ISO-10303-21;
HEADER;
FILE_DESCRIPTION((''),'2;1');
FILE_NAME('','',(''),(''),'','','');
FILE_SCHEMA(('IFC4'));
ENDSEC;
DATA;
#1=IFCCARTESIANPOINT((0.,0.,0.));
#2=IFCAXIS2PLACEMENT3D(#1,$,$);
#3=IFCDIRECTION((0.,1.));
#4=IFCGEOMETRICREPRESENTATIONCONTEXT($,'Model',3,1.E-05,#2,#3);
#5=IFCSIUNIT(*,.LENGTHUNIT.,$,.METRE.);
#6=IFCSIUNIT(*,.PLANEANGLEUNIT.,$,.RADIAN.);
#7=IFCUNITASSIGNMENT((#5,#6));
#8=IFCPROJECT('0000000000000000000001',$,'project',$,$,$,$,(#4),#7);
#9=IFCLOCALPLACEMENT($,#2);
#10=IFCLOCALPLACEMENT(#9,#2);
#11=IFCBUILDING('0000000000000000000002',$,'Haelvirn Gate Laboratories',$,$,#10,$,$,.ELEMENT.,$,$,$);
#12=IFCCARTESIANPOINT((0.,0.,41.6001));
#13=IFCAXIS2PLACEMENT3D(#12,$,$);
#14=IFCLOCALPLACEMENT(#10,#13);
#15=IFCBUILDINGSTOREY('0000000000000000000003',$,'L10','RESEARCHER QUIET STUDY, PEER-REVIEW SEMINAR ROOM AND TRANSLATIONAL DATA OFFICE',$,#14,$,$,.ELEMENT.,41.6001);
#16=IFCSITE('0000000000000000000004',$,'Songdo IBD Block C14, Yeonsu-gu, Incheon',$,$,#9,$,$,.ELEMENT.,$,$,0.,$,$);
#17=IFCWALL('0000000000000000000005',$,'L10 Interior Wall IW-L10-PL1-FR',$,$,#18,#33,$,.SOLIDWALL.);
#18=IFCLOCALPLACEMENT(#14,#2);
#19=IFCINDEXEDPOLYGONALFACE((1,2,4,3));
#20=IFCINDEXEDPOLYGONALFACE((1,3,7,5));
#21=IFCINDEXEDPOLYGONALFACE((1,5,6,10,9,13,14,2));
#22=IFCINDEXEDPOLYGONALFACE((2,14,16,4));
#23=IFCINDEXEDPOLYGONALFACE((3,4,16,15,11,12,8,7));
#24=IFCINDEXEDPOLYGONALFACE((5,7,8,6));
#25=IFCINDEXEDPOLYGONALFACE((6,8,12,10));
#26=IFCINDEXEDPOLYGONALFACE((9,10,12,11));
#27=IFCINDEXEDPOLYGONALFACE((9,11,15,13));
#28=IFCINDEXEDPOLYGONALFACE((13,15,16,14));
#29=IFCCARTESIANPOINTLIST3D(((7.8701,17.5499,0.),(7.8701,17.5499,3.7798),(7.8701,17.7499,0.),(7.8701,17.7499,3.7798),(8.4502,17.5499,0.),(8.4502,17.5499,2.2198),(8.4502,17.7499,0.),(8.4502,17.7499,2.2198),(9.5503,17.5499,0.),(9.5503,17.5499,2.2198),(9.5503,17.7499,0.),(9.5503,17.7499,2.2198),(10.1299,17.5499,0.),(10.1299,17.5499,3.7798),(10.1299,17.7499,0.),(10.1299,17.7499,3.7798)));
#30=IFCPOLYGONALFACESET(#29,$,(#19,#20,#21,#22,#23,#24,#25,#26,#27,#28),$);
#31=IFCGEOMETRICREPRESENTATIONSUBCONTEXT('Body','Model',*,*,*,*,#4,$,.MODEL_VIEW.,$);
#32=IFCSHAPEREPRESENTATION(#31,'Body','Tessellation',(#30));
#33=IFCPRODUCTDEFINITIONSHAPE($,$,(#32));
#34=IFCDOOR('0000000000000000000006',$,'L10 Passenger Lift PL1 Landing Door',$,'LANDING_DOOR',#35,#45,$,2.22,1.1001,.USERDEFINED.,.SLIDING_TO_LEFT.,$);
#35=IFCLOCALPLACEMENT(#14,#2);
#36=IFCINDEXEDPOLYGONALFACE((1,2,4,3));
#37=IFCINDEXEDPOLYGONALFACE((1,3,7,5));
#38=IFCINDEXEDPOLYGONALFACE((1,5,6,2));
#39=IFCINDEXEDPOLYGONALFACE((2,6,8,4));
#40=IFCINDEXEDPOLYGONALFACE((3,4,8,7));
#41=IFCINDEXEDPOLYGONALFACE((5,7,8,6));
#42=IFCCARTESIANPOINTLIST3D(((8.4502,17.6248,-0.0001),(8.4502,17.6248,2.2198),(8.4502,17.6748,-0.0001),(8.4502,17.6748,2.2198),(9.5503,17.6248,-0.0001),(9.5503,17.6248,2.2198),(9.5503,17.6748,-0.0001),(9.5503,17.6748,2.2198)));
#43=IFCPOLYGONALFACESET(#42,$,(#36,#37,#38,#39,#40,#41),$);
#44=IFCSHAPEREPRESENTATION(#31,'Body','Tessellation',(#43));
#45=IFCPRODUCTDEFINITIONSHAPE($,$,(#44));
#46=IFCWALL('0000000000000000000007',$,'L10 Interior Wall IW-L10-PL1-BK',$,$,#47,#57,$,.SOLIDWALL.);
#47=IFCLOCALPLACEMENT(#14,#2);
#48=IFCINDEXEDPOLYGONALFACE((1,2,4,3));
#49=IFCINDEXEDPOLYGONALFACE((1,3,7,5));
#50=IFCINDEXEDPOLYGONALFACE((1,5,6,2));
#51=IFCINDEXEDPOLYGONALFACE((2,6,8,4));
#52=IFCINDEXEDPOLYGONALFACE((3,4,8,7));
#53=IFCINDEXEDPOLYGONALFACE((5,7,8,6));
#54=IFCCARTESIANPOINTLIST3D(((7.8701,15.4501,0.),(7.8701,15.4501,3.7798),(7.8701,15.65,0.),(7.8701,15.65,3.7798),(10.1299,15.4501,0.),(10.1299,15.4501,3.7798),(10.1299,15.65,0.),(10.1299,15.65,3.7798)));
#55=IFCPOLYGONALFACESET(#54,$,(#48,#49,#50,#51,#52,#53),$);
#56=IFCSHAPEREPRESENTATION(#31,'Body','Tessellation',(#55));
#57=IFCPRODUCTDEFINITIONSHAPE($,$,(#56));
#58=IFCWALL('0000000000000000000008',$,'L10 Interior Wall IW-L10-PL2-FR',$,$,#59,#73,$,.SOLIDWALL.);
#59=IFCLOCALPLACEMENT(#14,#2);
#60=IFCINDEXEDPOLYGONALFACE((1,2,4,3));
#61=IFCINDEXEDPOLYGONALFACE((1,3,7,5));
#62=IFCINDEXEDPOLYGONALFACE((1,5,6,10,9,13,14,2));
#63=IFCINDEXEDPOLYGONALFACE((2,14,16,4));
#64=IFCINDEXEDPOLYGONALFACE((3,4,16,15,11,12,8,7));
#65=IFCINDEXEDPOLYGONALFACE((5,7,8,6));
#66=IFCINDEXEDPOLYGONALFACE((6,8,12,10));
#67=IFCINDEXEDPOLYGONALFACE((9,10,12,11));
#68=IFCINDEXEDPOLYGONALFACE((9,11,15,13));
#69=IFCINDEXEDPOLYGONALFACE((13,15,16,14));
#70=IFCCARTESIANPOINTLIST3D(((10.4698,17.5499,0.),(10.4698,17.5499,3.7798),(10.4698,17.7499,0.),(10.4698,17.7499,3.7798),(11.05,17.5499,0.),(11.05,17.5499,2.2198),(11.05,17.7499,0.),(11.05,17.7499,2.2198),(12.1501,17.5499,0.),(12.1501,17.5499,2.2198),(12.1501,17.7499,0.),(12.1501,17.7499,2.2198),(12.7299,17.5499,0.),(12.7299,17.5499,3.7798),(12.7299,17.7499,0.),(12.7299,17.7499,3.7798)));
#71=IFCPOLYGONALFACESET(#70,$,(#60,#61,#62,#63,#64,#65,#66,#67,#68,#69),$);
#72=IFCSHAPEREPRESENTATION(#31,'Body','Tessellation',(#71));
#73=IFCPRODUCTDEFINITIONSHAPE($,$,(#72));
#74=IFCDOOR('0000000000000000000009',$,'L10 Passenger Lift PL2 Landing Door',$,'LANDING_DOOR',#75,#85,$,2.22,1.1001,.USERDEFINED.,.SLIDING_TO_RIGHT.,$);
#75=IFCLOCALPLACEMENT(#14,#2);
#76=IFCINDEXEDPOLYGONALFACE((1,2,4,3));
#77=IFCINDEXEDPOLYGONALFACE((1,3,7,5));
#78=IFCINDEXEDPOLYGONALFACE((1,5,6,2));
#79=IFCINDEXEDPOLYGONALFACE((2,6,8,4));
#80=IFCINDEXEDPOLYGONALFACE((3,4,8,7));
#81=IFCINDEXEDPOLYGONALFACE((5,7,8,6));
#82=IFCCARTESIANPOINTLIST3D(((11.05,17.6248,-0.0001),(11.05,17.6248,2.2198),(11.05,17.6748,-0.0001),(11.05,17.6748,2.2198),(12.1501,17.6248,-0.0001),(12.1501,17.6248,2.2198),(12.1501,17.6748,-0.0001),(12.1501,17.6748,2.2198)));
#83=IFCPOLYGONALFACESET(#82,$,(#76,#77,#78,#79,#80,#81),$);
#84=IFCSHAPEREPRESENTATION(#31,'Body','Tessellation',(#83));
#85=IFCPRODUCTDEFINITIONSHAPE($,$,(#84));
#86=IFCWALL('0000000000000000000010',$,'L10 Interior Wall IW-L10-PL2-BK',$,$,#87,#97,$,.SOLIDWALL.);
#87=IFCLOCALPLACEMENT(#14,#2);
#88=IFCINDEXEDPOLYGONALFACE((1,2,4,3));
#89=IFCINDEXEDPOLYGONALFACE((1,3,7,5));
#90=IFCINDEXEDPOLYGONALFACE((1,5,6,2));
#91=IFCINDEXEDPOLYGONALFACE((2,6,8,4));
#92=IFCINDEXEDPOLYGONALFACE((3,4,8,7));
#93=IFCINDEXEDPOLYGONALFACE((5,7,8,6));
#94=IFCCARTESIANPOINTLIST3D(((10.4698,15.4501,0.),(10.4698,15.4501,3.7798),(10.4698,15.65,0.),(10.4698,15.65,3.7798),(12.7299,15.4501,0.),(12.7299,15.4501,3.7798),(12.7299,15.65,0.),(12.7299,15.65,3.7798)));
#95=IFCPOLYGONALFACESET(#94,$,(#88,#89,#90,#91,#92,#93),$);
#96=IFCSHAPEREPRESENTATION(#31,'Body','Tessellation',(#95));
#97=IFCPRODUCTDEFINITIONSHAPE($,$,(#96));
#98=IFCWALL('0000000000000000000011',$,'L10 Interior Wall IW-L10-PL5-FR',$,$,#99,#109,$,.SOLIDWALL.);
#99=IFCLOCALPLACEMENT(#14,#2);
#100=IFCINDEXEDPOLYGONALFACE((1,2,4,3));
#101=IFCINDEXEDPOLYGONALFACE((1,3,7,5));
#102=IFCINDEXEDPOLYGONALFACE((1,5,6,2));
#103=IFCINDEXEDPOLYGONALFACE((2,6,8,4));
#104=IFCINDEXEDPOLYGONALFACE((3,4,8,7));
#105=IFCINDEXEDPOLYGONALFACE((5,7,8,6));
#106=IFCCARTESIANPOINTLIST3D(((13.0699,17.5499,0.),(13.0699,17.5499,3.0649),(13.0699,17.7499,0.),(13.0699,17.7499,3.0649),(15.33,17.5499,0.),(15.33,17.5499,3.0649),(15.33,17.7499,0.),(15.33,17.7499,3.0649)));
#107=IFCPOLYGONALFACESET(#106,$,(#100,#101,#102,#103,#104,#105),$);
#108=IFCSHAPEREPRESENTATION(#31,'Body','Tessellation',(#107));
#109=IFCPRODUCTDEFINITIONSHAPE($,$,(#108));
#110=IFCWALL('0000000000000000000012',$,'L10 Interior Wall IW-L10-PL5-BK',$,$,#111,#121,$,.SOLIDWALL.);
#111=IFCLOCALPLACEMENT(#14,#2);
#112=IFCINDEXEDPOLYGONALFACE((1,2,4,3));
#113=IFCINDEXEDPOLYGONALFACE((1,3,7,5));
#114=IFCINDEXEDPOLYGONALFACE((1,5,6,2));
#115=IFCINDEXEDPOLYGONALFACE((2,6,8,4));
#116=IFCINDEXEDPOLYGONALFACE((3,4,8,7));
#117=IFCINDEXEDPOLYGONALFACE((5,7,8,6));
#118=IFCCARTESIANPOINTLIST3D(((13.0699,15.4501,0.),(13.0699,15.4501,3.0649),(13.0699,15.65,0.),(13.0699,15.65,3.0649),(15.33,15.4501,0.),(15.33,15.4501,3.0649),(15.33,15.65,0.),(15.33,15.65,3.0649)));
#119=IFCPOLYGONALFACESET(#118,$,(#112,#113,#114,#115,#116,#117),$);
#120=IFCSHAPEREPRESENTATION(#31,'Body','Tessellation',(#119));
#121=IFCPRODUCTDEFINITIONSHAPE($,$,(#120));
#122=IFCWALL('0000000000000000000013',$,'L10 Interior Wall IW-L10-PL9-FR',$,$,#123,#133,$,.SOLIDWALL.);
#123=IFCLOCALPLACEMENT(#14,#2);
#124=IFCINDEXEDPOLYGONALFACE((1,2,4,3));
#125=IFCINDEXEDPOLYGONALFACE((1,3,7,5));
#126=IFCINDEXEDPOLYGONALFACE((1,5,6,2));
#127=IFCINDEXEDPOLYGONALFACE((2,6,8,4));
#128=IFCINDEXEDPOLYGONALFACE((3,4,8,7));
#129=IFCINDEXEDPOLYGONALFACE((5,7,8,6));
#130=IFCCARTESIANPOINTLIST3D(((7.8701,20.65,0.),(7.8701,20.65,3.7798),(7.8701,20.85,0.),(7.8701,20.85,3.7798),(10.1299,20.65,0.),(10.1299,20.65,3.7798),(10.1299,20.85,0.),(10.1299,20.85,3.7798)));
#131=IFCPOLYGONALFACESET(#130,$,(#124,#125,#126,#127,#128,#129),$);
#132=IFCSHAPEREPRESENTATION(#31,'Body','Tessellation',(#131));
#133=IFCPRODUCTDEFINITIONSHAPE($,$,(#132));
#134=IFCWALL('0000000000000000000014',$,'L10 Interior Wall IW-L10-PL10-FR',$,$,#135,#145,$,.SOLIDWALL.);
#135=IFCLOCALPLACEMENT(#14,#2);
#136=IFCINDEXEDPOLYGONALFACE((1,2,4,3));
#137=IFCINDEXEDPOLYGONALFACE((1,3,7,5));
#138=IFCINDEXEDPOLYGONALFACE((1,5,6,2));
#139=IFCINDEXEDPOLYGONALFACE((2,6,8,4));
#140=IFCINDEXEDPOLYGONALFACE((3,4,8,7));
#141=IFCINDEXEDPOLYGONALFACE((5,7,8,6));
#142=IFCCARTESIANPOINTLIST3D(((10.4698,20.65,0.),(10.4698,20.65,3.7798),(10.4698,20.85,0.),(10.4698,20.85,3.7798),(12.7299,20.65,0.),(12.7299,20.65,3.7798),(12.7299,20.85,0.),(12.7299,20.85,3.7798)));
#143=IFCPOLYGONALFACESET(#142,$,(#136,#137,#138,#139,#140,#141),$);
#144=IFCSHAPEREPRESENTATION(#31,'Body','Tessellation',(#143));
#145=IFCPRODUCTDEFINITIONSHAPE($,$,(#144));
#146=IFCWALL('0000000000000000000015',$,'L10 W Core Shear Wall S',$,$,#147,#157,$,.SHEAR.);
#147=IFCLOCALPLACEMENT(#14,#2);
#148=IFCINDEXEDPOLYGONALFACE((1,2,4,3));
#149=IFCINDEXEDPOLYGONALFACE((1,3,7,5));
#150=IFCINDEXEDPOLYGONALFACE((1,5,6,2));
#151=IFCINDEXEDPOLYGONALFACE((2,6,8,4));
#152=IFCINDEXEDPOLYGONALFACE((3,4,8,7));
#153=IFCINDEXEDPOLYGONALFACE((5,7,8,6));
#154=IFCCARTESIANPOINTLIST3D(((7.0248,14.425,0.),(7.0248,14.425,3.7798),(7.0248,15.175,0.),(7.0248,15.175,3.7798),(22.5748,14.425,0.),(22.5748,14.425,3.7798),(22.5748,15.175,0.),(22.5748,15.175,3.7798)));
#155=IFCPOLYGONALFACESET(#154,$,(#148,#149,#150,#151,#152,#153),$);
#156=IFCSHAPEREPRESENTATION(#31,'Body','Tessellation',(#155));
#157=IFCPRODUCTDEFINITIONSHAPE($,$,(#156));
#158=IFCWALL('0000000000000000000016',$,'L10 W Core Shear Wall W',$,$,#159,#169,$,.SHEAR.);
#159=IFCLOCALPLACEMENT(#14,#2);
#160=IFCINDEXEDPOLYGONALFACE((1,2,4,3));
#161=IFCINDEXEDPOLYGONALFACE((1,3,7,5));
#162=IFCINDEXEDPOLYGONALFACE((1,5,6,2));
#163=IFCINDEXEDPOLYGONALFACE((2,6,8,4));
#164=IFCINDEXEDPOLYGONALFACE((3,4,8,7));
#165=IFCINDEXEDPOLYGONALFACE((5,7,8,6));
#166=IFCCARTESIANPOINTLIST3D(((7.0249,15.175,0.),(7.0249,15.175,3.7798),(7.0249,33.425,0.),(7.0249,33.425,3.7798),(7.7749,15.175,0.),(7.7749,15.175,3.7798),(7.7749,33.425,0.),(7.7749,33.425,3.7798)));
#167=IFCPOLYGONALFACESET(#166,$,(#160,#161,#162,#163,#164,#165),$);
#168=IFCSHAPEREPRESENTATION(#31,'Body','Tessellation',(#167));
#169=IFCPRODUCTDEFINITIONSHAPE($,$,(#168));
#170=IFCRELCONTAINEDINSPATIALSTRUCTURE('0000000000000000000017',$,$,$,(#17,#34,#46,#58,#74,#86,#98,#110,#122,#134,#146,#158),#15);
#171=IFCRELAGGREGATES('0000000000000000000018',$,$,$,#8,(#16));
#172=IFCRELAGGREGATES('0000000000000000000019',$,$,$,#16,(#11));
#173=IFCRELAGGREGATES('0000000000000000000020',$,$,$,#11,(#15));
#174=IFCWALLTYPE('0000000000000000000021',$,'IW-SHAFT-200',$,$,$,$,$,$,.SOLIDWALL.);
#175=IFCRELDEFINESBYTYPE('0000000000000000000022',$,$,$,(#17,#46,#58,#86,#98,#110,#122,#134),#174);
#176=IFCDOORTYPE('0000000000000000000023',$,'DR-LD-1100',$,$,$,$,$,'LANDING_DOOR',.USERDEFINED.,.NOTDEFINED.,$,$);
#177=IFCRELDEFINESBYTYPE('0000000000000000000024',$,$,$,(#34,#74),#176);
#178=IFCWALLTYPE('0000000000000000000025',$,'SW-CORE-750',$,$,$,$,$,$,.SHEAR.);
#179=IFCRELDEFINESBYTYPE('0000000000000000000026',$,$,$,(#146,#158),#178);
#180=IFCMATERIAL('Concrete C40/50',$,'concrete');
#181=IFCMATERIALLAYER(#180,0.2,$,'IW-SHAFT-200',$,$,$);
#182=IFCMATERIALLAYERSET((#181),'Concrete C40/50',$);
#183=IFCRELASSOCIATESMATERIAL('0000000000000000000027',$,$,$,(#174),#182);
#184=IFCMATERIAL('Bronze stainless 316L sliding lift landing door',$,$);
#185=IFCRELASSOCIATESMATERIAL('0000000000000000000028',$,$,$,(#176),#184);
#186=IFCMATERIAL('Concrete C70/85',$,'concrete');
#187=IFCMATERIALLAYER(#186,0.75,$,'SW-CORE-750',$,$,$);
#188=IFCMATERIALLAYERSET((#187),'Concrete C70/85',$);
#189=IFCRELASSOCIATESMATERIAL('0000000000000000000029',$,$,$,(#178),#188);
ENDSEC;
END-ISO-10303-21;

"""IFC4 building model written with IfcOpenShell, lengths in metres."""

from ifc_helpers import new_model, si_unit, direction, frame, frame_2d, origin, place, context, subcontext, project, spatial, rectangle, extrude, source, transform, mapped, material, layer, layer_set, type_object, type_shapes, element, fill, save


model = new_model("IFC4")

# Units and contexts
model_context = context("Model", 3, precision=1e-05, world=origin(), true_north=direction((0.0, 1.0)))
body_context = subcontext(model_context, "Body", "Model", "MODEL_VIEW")
ifc_project = project(units=[si_unit("LENGTHUNIT", "METRE"), si_unit("PLANEANGLEUNIT", "RADIAN")], contexts=[model_context])

# Site, building, storey
site_placement = place(None, origin())
site = spatial("IfcSite", under=ifc_project, at=site_placement, Name="Songdo IBD Block C14, Yeonsu-gu, Incheon", CompositionType="ELEMENT", RefElevation=0.0)
building_placement = place(site_placement, origin())
building = spatial("IfcBuilding", under=site, at=building_placement, Name="Haelvirn Gate Laboratories", CompositionType="ELEMENT")
storey_placement = place(building_placement, frame((0.0, 0.0, 41.6001)))
storey = spatial("IfcBuildingStorey", under=building, at=storey_placement, Name="L10", Description="RESEARCHER QUIET STUDY, PEER-REVIEW SEMINAR ROOM AND TRANSLATIONAL DATA OFFICE", CompositionType="ELEMENT", Elevation=41.6001)

# Shared definitions
ifc_material_1 = material(Name="Concrete C70/85", Category="concrete")

# Shared definitions
ifc_material_2 = material(Name="Concrete C40/50", Category="concrete")

# Wall, opening, door
ifc_layer_1 = layer(ifc_material_2, 0.2, Name="IW-SHAFT-200")
ifc_layer_set_1 = layer_set([ifc_layer_1], Name="Concrete C40/50")
wall_type_1 = type_object("IfcWallType", Name="IW-SHAFT-200", PredefinedType="SOLIDWALL", material=ifc_layer_set_1)
wall_1_placement = place(storey_placement, frame((7.8701, 17.6499, 0.0), z_axis=(0.0, 0.0, 1.0), x_axis=(1.0, 0.0, 0.0)))
wall_1 = element("IfcWall", 1, at=wall_1_placement, inside=storey, type_object=wall_type_1, Name="L10 Interior Wall IW-L10-PL1-FR", PredefinedType="SOLIDWALL", context=body_context, shape_type="SweptSolid", body=[
    extrude(rectangle(XDim=2.2598, YDim=0.2, at=frame_2d((1.1299, 0.0))), origin(), (0.0, 0.0, 1.0), 3.7798),
])
opening_1_placement = place(wall_1_placement, frame((0.5801, 0.0, 0.0)))
opening_1 = element("IfcOpeningElement", 2, at=opening_1_placement, cuts=wall_1, PredefinedType="OPENING", context=body_context, shape_type="SweptSolid", body=[
    extrude(rectangle(XDim=1.1001, YDim=2.22, at=frame_2d((0.55, 1.1099))), frame((0.0, 0.1099, 0.0), z_axis=(0.0, -1.0, 0.0), x_axis=(1.0, 0.0, 0.0)), (0.0, 0.0, 1.0), 0.22),
])
ifc_material_3 = material(Name="Bronze stainless 316L sliding lift landing door")
door_type_1 = type_object("IfcDoorType", Name="DR-LD-1100", ElementType="LANDING_DOOR", OperationType="NOTDEFINED", PredefinedType="USERDEFINED", material=ifc_material_3)
shared_shape_1 = source(origin(), body_context, "Body", "SweptSolid", [
    extrude(rectangle(XDim=1.1001, YDim=2.22, at=frame_2d((0.55, 1.1099))), frame((0.0, 0.0249, 0.0), z_axis=(0.0, -1.0, 0.0), x_axis=(1.0, 0.0, 0.0)), (0.0, 0.0, 1.0), 0.05),
])
type_shapes(door_type_1, [shared_shape_1])
door_1_placement = place(opening_1_placement, origin())
door_1 = element("IfcDoor", 3, at=door_1_placement, inside=storey, type_object=door_type_1, Name="L10 Passenger Lift PL1 Landing Door", ObjectType="LANDING_DOOR", OperationType="SLIDING_TO_LEFT", OverallHeight=2.22, OverallWidth=1.1001, PredefinedType="USERDEFINED", context=body_context, shape_type="MappedRepresentation", body=[
    mapped(shared_shape_1, transform((0.0, 0.0, 0.0), scale=1.0)),
])
fill(opening_1, door_1)

# Wall
wall_2_placement = place(storey_placement, frame((7.8701, 15.55, 0.0), z_axis=(0.0, 0.0, 1.0), x_axis=(1.0, 0.0, 0.0)))
element("IfcWall", 4, at=wall_2_placement, inside=storey, type_object=wall_type_1, Name="L10 Interior Wall IW-L10-PL1-BK", PredefinedType="SOLIDWALL", context=body_context, shape_type="SweptSolid", body=[
    extrude(rectangle(XDim=2.2598, YDim=0.2, at=frame_2d((1.1299, 0.0))), origin(), (0.0, 0.0, 1.0), 3.7798),
])

# Wall, opening, door
wall_3_placement = place(storey_placement, frame((10.47, 17.6499, 0.0), z_axis=(0.0, 0.0, 1.0), x_axis=(1.0, 0.0, 0.0)))
wall_3 = element("IfcWall", 5, at=wall_3_placement, inside=storey, type_object=wall_type_1, Name="L10 Interior Wall IW-L10-PL2-FR", PredefinedType="SOLIDWALL", context=body_context, shape_type="SweptSolid", body=[
    extrude(rectangle(XDim=2.26, YDim=0.2, at=frame_2d((1.1299, 0.0))), origin(), (0.0, 0.0, 1.0), 3.7798),
])
opening_2_placement = place(wall_3_placement, frame((0.5801, 0.0, 0.0)))
opening_2 = element("IfcOpeningElement", 6, at=opening_2_placement, cuts=wall_3, PredefinedType="OPENING", context=body_context, shape_type="SweptSolid", body=[
    extrude(rectangle(XDim=1.1001, YDim=2.22, at=frame_2d((0.55, 1.1099))), frame((0.0, 0.1099, 0.0), z_axis=(0.0, -1.0, 0.0), x_axis=(1.0, 0.0, 0.0)), (0.0, 0.0, 1.0), 0.22),
])
door_2_placement = place(opening_2_placement, origin())
door_2 = element("IfcDoor", 7, at=door_2_placement, inside=storey, type_object=door_type_1, Name="L10 Passenger Lift PL2 Landing Door", ObjectType="LANDING_DOOR", OperationType="SLIDING_TO_RIGHT", OverallHeight=2.22, OverallWidth=1.1001, PredefinedType="USERDEFINED", context=body_context, shape_type="MappedRepresentation", body=[
    mapped(shared_shape_1, transform((0.0, 0.0, 0.0), scale=1.0)),
])
fill(opening_2, door_2)

# Walls
wall_4_placement = place(storey_placement, frame((10.47, 15.55, 0.0), z_axis=(0.0, 0.0, 1.0), x_axis=(1.0, 0.0, 0.0)))
element("IfcWall", 8, at=wall_4_placement, inside=storey, type_object=wall_type_1, Name="L10 Interior Wall IW-L10-PL2-BK", PredefinedType="SOLIDWALL", context=body_context, shape_type="SweptSolid", body=[
    extrude(rectangle(XDim=2.26, YDim=0.2, at=frame_2d((1.1299, 0.0))), origin(), (0.0, 0.0, 1.0), 3.7798),
])
for number, where, z_axis, x_axis, name in (
    (9, (13.0701, 17.6499, 0.0), (0.0, 0.0, 1.0), (1.0, 0.0, 0.0), "L10 Interior Wall IW-L10-PL5-FR"),
    (10, (13.0701, 15.55, 0.0), (0.0, 0.0, 1.0), (1.0, 0.0, 0.0), "L10 Interior Wall IW-L10-PL5-BK"),
):
    element("IfcWall", number, at=place(storey_placement, frame(where, z_axis=z_axis, x_axis=x_axis)), inside=storey, type_object=wall_type_1, Name=name, PredefinedType="SOLIDWALL", context=body_context, shape_type="SweptSolid", body=[
        extrude(rectangle(XDim=2.26, YDim=0.2, at=frame_2d((1.1299, 0.0))), origin(), (0.0, 0.0, 1.0), 3.0649),
    ])
wall_5_placement = place(storey_placement, frame((7.8701, 20.75, 0.0), z_axis=(0.0, 0.0, 1.0), x_axis=(1.0, 0.0, 0.0)))
element("IfcWall", 11, at=wall_5_placement, inside=storey, type_object=wall_type_1, Name="L10 Interior Wall IW-L10-PL9-FR", PredefinedType="SOLIDWALL", context=body_context, shape_type="SweptSolid", body=[
    extrude(rectangle(XDim=2.2598, YDim=0.2, at=frame_2d((1.1299, 0.0))), origin(), (0.0, 0.0, 1.0), 3.7798),
])
wall_6_placement = place(storey_placement, frame((10.47, 20.75, 0.0), z_axis=(0.0, 0.0, 1.0), x_axis=(1.0, 0.0, 0.0)))
element("IfcWall", 12, at=wall_6_placement, inside=storey, type_object=wall_type_1, Name="L10 Interior Wall IW-L10-PL10-FR", PredefinedType="SOLIDWALL", context=body_context, shape_type="SweptSolid", body=[
    extrude(rectangle(XDim=2.26, YDim=0.2, at=frame_2d((1.1299, 0.0))), origin(), (0.0, 0.0, 1.0), 3.7798),
])
ifc_layer_2 = layer(ifc_material_1, 0.75, Name="SW-CORE-750")
ifc_layer_set_2 = layer_set([ifc_layer_2], Name="Concrete C70/85")
wall_type_2 = type_object("IfcWallType", Name="SW-CORE-750", PredefinedType="SHEAR", material=ifc_layer_set_2)
wall_7_placement = place(storey_placement, frame((7.0249, 14.8, 0.0), z_axis=(0.0, 0.0, 1.0), x_axis=(1.0, 0.0, 0.0)))
element("IfcWall", 13, at=wall_7_placement, inside=storey, type_object=wall_type_2, Name="L10 W Core Shear Wall S", PredefinedType="SHEAR", context=body_context, shape_type="SweptSolid", body=[
    extrude(rectangle(XDim=15.55, YDim=0.75, at=frame_2d((7.7749, 0.0))), origin(), (0.0, 0.0, 1.0), 3.7798),
])
wall_8_placement = place(storey_placement, frame((7.3999, 15.175, 0.0), z_axis=(0.0, 0.0, 1.0), x_axis=(0.0, 1.0, 0.0)))
element("IfcWall", 14, at=wall_8_placement, inside=storey, type_object=wall_type_2, Name="L10 W Core Shear Wall W", PredefinedType="SHEAR", context=body_context, shape_type="SweptSolid", body=[
    extrude(rectangle(XDim=18.25, YDim=0.75, at=frame_2d((9.125, 0.0))), origin(), (0.0, 0.0, 1.0), 3.7798),
])

save(model, "model.ifc")
